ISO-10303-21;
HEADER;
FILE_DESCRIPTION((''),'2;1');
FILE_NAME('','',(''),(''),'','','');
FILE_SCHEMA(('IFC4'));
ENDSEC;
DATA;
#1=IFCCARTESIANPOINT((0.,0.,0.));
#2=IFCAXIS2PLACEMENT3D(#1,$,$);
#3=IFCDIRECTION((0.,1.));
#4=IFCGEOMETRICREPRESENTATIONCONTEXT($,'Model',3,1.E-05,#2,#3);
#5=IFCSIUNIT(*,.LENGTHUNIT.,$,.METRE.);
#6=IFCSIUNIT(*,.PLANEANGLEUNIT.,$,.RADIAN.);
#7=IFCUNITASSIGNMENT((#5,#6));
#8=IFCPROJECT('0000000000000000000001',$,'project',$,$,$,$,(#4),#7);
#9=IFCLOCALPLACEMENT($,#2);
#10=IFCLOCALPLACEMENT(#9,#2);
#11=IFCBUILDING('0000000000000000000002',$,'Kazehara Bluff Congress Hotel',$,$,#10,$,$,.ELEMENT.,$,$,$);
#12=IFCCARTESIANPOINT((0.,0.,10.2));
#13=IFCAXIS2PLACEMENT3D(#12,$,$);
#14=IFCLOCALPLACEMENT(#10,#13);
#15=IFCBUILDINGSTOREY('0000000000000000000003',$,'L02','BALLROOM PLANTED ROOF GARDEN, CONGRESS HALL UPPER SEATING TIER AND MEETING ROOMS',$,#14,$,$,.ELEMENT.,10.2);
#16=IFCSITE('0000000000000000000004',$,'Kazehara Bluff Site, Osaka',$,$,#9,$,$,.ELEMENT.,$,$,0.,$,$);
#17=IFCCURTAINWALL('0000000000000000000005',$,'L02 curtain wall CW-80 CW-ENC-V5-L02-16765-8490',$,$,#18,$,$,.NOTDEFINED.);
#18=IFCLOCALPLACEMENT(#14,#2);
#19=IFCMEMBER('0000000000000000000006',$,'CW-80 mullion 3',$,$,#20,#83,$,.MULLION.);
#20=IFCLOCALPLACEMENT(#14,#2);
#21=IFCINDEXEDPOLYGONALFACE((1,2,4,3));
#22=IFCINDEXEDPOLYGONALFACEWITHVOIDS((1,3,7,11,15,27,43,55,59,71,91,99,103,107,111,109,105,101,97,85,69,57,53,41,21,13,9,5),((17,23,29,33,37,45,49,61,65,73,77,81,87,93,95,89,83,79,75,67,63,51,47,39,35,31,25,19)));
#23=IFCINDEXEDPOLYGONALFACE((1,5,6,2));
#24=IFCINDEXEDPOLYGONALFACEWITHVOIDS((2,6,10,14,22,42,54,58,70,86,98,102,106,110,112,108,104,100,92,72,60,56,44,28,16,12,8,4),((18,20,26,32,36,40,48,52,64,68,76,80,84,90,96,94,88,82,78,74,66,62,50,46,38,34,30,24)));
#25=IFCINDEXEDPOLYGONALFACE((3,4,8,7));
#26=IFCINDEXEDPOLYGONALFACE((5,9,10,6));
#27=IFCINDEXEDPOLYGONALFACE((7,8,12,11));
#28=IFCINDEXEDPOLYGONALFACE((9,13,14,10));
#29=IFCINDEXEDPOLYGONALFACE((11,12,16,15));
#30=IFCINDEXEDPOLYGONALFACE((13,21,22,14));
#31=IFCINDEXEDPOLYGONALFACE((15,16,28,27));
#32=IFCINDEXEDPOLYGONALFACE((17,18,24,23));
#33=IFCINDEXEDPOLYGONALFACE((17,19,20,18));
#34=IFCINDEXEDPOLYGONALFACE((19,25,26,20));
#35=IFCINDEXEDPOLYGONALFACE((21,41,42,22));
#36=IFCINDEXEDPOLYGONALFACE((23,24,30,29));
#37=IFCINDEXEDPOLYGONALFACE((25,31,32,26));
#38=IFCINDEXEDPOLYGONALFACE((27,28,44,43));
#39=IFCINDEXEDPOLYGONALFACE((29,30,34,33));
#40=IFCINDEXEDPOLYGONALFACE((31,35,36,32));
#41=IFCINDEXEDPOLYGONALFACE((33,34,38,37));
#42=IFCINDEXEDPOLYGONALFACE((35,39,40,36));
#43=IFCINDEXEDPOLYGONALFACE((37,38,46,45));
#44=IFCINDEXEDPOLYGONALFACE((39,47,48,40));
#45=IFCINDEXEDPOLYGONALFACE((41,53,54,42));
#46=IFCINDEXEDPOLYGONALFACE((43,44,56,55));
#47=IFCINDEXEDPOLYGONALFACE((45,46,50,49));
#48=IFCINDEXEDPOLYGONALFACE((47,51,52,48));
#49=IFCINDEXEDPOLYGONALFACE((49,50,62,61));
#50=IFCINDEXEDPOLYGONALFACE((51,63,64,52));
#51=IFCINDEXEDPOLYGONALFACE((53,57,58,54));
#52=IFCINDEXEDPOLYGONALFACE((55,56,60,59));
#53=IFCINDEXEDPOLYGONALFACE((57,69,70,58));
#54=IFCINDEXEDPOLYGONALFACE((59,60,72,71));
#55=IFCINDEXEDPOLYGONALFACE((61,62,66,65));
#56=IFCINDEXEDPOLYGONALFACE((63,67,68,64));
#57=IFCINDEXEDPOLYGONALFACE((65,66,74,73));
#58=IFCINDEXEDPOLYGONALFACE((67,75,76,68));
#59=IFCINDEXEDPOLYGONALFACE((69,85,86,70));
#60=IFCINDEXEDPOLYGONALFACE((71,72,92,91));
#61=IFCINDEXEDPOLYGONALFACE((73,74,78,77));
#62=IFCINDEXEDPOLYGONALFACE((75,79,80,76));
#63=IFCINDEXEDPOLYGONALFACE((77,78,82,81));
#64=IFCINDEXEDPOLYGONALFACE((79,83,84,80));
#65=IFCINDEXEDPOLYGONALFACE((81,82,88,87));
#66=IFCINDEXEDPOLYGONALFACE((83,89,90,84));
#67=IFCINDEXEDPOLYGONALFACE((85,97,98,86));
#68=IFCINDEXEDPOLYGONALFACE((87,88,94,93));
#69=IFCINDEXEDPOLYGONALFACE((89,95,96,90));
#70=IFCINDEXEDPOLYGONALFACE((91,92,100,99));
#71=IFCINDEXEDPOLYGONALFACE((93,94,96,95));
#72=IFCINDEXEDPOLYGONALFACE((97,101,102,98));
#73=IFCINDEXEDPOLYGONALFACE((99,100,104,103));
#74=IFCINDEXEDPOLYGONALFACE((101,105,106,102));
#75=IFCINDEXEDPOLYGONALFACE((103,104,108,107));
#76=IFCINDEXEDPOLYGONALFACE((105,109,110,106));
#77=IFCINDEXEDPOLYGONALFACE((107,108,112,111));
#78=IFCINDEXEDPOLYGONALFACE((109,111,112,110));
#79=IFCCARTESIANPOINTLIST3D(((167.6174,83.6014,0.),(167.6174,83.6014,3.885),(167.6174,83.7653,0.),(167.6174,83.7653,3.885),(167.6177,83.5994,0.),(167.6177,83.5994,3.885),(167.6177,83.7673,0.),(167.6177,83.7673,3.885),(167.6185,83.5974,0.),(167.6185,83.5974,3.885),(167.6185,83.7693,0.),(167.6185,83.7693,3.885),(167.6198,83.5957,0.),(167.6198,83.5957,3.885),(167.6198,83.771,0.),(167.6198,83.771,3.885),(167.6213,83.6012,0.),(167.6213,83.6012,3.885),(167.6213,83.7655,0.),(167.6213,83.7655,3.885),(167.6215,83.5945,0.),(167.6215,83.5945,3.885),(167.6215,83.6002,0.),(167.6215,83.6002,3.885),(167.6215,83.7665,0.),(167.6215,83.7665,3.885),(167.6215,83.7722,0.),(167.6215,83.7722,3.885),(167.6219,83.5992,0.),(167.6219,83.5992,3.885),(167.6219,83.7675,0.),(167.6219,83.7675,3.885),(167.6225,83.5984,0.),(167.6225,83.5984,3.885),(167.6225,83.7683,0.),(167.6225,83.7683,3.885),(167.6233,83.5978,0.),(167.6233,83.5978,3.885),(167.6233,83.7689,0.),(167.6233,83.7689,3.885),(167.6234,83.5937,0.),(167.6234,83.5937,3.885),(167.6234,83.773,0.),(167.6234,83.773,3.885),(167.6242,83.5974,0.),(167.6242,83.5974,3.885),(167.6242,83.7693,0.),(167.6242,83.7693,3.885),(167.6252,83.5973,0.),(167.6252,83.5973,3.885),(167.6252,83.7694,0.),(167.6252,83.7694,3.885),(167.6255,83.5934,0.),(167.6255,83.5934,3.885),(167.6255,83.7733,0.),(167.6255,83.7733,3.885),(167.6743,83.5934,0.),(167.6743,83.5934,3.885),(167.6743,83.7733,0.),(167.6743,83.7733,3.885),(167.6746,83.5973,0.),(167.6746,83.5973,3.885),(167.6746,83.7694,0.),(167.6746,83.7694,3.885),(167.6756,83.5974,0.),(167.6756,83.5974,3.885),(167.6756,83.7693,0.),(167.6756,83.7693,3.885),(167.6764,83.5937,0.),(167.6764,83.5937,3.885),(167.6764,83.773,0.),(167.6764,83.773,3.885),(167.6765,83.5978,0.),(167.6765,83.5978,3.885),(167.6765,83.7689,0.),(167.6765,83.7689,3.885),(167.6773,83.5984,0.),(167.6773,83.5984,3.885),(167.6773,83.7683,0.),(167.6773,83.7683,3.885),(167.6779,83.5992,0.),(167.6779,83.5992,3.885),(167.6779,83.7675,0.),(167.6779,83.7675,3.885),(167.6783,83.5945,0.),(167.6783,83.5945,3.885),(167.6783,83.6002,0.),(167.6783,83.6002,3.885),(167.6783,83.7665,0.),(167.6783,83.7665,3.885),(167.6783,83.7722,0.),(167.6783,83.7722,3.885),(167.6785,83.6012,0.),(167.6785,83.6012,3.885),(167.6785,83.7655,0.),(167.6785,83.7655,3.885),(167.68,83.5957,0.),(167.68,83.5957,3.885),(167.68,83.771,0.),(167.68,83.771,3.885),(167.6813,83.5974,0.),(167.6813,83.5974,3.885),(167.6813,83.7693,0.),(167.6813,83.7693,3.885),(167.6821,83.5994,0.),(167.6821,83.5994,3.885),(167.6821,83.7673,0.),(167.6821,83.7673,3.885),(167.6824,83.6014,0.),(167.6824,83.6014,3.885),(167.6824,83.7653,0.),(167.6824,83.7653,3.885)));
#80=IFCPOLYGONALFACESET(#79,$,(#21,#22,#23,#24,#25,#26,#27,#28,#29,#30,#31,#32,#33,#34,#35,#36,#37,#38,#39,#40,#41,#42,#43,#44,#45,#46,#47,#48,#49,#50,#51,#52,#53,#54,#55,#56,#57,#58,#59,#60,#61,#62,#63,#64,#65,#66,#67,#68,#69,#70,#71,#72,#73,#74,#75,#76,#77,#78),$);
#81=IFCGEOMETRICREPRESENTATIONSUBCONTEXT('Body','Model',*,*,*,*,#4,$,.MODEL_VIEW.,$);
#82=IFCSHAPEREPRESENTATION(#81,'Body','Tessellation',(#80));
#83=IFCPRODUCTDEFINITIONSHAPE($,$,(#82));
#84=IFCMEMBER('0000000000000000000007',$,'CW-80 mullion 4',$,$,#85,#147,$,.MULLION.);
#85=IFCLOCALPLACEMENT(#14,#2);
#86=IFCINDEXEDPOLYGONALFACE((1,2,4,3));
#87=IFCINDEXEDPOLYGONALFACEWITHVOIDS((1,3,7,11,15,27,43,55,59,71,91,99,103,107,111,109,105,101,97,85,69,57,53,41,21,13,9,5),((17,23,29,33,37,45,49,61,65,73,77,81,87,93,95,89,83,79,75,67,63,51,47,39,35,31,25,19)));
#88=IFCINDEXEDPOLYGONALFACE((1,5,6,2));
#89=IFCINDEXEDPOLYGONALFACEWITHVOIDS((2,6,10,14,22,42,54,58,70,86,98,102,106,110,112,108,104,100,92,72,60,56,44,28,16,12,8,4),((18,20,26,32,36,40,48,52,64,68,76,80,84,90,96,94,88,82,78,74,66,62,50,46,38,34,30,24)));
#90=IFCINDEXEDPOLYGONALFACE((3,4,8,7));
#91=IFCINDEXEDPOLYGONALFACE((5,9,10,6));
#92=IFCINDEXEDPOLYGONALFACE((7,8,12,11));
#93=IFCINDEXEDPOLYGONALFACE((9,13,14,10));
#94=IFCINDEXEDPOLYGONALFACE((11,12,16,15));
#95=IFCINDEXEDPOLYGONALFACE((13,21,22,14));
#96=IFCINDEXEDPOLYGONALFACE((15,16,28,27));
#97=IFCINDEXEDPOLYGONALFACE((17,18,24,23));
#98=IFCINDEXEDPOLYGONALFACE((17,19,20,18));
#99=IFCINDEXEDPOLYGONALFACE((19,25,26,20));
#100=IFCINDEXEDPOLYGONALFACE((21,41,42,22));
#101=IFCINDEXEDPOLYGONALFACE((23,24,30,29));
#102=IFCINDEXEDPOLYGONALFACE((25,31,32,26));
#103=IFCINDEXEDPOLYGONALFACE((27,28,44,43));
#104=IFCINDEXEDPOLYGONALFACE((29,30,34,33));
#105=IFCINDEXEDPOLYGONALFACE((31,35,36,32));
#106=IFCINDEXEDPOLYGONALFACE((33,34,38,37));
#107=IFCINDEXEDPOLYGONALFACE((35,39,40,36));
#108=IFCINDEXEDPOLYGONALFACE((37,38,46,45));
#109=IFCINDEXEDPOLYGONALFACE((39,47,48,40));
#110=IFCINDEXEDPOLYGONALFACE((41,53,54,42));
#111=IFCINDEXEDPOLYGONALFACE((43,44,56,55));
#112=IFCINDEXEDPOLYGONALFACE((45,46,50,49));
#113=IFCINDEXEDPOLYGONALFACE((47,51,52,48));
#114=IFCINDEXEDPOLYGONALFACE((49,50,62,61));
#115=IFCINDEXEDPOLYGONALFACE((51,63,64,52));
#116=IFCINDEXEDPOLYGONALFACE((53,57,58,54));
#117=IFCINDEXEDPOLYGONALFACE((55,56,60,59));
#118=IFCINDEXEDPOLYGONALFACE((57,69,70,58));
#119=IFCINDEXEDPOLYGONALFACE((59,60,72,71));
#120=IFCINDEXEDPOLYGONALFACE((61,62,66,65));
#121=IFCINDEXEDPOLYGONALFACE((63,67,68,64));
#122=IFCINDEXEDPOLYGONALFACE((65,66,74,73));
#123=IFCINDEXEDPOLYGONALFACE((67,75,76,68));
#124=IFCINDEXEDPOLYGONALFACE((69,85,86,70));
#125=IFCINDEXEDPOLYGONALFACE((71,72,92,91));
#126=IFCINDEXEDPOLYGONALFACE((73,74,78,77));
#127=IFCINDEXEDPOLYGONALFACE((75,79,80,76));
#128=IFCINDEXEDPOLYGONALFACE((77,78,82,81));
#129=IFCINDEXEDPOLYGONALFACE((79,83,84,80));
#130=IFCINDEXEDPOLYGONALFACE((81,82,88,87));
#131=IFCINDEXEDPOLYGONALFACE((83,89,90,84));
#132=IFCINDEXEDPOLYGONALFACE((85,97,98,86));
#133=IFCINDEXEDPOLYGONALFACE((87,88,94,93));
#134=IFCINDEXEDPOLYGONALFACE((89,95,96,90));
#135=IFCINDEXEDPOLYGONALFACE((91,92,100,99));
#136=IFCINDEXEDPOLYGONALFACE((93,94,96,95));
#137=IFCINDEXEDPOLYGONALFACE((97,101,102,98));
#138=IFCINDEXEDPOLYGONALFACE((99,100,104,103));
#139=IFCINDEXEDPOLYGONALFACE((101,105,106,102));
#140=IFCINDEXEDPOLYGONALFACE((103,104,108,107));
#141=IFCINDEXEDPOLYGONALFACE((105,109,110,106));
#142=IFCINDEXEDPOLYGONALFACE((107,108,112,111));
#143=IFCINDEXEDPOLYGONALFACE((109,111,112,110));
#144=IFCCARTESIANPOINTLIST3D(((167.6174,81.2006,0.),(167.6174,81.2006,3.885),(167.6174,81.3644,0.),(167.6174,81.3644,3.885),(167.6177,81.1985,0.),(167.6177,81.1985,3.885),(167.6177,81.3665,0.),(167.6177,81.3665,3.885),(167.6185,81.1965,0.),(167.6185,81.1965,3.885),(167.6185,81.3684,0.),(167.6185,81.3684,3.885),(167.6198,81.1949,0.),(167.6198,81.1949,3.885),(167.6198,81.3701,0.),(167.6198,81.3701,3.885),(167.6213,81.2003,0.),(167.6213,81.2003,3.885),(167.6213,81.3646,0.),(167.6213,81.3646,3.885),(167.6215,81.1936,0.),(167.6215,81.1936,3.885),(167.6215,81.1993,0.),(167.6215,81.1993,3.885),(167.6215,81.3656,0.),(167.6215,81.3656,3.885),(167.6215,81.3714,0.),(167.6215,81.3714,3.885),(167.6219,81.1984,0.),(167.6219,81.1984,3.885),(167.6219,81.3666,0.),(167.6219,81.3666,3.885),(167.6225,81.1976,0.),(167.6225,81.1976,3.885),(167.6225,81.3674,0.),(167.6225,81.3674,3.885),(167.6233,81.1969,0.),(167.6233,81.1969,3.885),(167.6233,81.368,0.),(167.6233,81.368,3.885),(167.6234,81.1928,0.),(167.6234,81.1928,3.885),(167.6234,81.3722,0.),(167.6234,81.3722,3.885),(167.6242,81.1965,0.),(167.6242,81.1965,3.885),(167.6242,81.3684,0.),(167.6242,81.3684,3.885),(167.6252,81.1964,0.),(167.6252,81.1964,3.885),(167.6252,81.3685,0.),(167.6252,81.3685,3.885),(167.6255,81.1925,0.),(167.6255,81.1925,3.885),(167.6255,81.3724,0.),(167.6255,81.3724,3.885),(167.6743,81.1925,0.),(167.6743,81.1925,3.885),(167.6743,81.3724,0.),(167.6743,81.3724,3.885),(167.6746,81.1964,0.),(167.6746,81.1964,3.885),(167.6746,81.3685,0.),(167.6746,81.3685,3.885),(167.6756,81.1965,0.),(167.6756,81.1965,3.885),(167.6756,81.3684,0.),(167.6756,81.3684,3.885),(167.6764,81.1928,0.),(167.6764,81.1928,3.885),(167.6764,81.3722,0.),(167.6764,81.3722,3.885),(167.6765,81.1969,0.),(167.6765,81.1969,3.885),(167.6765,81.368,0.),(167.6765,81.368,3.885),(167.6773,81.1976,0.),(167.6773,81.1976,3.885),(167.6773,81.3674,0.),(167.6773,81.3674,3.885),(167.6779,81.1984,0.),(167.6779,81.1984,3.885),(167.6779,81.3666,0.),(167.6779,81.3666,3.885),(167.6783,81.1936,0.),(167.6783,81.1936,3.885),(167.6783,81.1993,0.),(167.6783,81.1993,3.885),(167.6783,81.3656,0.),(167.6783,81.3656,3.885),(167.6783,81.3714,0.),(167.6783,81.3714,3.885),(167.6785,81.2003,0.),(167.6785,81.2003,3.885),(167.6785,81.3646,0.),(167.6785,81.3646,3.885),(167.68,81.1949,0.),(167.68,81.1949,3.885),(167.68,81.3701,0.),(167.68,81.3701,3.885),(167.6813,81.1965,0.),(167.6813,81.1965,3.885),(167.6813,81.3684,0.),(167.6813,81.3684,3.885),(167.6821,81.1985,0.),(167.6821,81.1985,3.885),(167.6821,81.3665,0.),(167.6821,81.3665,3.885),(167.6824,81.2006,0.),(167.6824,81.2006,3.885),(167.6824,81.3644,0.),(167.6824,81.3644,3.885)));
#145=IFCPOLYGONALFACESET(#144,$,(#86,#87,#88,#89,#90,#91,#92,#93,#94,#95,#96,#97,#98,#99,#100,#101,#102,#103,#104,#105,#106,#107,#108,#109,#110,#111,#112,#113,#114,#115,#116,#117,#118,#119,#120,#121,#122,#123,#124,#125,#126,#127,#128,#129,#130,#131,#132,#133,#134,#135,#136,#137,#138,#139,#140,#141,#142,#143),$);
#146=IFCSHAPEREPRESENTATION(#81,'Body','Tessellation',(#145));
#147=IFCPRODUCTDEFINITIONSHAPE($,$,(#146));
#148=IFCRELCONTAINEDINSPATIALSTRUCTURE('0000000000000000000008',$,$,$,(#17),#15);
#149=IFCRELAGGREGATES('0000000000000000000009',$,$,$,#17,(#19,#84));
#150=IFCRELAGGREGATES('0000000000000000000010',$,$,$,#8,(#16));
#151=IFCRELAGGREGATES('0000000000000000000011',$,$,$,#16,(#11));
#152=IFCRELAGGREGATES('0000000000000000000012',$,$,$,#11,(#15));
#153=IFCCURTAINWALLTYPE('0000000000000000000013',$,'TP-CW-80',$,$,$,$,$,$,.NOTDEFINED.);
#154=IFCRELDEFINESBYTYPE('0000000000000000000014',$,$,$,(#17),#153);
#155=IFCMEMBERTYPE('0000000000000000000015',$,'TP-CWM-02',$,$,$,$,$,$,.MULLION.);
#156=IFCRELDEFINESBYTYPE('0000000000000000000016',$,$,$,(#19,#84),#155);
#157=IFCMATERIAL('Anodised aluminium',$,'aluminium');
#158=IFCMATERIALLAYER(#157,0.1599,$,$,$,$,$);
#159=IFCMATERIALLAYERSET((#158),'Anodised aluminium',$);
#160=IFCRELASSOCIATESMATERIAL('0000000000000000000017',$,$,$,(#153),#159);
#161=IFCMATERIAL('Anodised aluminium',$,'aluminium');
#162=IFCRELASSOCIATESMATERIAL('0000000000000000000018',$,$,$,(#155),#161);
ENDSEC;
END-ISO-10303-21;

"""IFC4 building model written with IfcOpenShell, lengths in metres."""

from ifc_helpers import new_model, si_unit, direction, frame, origin, origin_2d, place, context, subcontext, project, spatial, hollow_rectangle, extrude, material, layer, layer_set, material_profile, profile_set, type_object, element, aggregate, save


model = new_model("IFC4")

# Units and contexts
model_context = context("Model", 3, precision=1e-05, world=origin(), true_north=direction((0.0, 1.0)))
body_context = subcontext(model_context, "Body", "Model", "MODEL_VIEW")
ifc_project = project(units=[si_unit("LENGTHUNIT", "METRE"), si_unit("PLANEANGLEUNIT", "RADIAN")], contexts=[model_context])

# Site, building, storey
site_placement = place(None, origin())
site = spatial("IfcSite", under=ifc_project, at=site_placement, Name="Kazehara Bluff Site, Osaka", CompositionType="ELEMENT", RefElevation=0.0)
building_placement = place(site_placement, origin())
building = spatial("IfcBuilding", under=site, at=building_placement, Name="Kazehara Bluff Congress Hotel", CompositionType="ELEMENT")
storey_placement = place(building_placement, frame((0.0, 0.0, 10.2)))
storey = spatial("IfcBuildingStorey", under=building, at=storey_placement, Name="L02", Description="BALLROOM PLANTED ROOF GARDEN, CONGRESS HALL UPPER SEATING TIER AND MEETING ROOMS", CompositionType="ELEMENT", Elevation=10.2)

# Curtain wall, members
ifc_material_1 = material(Name="Anodised aluminium", Category="aluminium")
ifc_layer_1 = layer(ifc_material_1, 0.1599)
ifc_layer_set_1 = layer_set([ifc_layer_1], Name="Anodised aluminium")
curtain_wall_type = type_object("IfcCurtainWallType", Name="TP-CW-80", PredefinedType="NOTDEFINED", material=ifc_layer_set_1)
curtain_wall_placement = place(storey_placement, origin())
curtain_wall = element("IfcCurtainWall", 1, at=curtain_wall_placement, inside=storey, type_object=curtain_wall_type, Name="L02 curtain wall CW-80 CW-ENC-V5-L02-16765-8490", PredefinedType="NOTDEFINED")
ifc_material_2 = material(Name="Anodised aluminium", Category="aluminium")
ifc_material_profile_1 = material_profile(ifc_material_2, hollow_rectangle(XDim=0.0649, YDim=0.1799, WallThickness=0.0039, InnerFilletRadius=0.0039, OuterFilletRadius=0.0081, at=origin_2d()))
ifc_profile_set_1 = profile_set([ifc_material_profile_1], Name="Anodised aluminium")
member_type_1 = type_object("IfcMemberType", Name="TP-CWM-02", PredefinedType="MULLION", material=ifc_profile_set_1)
member_1_placement = place(storey_placement, frame((167.6499, 83.6833, 0.0), z_axis=(0.0, 0.0, 1.0), x_axis=(1.0, 0.0, 0.0)))
member_1 = element("IfcMember", 2, at=member_1_placement, type_object=member_type_1, Name="CW-80 mullion 3", PredefinedType="MULLION", context=body_context, shape_type="SweptSolid", body=[
    extrude(hollow_rectangle(XDim=0.0649, YDim=0.1799, WallThickness=0.0039, InnerFilletRadius=0.0039, OuterFilletRadius=0.0081, at=origin_2d()), origin(), (0.0, 0.0, 1.0), 3.885),
])
member_2_placement = place(storey_placement, frame((167.6499, 81.2825, 0.0), z_axis=(0.0, 0.0, 1.0), x_axis=(1.0, 0.0, 0.0)))
member_2 = element("IfcMember", 3, at=member_2_placement, type_object=member_type_1, Name="CW-80 mullion 4", PredefinedType="MULLION", context=body_context, shape_type="SweptSolid", body=[
    extrude(hollow_rectangle(XDim=0.0649, YDim=0.1799, WallThickness=0.0039, InnerFilletRadius=0.0039, OuterFilletRadius=0.0081, at=origin_2d()), origin(), (0.0, 0.0, 1.0), 3.885),
])
aggregate(curtain_wall, [member_1, member_2])

save(model, "model.ifc")
